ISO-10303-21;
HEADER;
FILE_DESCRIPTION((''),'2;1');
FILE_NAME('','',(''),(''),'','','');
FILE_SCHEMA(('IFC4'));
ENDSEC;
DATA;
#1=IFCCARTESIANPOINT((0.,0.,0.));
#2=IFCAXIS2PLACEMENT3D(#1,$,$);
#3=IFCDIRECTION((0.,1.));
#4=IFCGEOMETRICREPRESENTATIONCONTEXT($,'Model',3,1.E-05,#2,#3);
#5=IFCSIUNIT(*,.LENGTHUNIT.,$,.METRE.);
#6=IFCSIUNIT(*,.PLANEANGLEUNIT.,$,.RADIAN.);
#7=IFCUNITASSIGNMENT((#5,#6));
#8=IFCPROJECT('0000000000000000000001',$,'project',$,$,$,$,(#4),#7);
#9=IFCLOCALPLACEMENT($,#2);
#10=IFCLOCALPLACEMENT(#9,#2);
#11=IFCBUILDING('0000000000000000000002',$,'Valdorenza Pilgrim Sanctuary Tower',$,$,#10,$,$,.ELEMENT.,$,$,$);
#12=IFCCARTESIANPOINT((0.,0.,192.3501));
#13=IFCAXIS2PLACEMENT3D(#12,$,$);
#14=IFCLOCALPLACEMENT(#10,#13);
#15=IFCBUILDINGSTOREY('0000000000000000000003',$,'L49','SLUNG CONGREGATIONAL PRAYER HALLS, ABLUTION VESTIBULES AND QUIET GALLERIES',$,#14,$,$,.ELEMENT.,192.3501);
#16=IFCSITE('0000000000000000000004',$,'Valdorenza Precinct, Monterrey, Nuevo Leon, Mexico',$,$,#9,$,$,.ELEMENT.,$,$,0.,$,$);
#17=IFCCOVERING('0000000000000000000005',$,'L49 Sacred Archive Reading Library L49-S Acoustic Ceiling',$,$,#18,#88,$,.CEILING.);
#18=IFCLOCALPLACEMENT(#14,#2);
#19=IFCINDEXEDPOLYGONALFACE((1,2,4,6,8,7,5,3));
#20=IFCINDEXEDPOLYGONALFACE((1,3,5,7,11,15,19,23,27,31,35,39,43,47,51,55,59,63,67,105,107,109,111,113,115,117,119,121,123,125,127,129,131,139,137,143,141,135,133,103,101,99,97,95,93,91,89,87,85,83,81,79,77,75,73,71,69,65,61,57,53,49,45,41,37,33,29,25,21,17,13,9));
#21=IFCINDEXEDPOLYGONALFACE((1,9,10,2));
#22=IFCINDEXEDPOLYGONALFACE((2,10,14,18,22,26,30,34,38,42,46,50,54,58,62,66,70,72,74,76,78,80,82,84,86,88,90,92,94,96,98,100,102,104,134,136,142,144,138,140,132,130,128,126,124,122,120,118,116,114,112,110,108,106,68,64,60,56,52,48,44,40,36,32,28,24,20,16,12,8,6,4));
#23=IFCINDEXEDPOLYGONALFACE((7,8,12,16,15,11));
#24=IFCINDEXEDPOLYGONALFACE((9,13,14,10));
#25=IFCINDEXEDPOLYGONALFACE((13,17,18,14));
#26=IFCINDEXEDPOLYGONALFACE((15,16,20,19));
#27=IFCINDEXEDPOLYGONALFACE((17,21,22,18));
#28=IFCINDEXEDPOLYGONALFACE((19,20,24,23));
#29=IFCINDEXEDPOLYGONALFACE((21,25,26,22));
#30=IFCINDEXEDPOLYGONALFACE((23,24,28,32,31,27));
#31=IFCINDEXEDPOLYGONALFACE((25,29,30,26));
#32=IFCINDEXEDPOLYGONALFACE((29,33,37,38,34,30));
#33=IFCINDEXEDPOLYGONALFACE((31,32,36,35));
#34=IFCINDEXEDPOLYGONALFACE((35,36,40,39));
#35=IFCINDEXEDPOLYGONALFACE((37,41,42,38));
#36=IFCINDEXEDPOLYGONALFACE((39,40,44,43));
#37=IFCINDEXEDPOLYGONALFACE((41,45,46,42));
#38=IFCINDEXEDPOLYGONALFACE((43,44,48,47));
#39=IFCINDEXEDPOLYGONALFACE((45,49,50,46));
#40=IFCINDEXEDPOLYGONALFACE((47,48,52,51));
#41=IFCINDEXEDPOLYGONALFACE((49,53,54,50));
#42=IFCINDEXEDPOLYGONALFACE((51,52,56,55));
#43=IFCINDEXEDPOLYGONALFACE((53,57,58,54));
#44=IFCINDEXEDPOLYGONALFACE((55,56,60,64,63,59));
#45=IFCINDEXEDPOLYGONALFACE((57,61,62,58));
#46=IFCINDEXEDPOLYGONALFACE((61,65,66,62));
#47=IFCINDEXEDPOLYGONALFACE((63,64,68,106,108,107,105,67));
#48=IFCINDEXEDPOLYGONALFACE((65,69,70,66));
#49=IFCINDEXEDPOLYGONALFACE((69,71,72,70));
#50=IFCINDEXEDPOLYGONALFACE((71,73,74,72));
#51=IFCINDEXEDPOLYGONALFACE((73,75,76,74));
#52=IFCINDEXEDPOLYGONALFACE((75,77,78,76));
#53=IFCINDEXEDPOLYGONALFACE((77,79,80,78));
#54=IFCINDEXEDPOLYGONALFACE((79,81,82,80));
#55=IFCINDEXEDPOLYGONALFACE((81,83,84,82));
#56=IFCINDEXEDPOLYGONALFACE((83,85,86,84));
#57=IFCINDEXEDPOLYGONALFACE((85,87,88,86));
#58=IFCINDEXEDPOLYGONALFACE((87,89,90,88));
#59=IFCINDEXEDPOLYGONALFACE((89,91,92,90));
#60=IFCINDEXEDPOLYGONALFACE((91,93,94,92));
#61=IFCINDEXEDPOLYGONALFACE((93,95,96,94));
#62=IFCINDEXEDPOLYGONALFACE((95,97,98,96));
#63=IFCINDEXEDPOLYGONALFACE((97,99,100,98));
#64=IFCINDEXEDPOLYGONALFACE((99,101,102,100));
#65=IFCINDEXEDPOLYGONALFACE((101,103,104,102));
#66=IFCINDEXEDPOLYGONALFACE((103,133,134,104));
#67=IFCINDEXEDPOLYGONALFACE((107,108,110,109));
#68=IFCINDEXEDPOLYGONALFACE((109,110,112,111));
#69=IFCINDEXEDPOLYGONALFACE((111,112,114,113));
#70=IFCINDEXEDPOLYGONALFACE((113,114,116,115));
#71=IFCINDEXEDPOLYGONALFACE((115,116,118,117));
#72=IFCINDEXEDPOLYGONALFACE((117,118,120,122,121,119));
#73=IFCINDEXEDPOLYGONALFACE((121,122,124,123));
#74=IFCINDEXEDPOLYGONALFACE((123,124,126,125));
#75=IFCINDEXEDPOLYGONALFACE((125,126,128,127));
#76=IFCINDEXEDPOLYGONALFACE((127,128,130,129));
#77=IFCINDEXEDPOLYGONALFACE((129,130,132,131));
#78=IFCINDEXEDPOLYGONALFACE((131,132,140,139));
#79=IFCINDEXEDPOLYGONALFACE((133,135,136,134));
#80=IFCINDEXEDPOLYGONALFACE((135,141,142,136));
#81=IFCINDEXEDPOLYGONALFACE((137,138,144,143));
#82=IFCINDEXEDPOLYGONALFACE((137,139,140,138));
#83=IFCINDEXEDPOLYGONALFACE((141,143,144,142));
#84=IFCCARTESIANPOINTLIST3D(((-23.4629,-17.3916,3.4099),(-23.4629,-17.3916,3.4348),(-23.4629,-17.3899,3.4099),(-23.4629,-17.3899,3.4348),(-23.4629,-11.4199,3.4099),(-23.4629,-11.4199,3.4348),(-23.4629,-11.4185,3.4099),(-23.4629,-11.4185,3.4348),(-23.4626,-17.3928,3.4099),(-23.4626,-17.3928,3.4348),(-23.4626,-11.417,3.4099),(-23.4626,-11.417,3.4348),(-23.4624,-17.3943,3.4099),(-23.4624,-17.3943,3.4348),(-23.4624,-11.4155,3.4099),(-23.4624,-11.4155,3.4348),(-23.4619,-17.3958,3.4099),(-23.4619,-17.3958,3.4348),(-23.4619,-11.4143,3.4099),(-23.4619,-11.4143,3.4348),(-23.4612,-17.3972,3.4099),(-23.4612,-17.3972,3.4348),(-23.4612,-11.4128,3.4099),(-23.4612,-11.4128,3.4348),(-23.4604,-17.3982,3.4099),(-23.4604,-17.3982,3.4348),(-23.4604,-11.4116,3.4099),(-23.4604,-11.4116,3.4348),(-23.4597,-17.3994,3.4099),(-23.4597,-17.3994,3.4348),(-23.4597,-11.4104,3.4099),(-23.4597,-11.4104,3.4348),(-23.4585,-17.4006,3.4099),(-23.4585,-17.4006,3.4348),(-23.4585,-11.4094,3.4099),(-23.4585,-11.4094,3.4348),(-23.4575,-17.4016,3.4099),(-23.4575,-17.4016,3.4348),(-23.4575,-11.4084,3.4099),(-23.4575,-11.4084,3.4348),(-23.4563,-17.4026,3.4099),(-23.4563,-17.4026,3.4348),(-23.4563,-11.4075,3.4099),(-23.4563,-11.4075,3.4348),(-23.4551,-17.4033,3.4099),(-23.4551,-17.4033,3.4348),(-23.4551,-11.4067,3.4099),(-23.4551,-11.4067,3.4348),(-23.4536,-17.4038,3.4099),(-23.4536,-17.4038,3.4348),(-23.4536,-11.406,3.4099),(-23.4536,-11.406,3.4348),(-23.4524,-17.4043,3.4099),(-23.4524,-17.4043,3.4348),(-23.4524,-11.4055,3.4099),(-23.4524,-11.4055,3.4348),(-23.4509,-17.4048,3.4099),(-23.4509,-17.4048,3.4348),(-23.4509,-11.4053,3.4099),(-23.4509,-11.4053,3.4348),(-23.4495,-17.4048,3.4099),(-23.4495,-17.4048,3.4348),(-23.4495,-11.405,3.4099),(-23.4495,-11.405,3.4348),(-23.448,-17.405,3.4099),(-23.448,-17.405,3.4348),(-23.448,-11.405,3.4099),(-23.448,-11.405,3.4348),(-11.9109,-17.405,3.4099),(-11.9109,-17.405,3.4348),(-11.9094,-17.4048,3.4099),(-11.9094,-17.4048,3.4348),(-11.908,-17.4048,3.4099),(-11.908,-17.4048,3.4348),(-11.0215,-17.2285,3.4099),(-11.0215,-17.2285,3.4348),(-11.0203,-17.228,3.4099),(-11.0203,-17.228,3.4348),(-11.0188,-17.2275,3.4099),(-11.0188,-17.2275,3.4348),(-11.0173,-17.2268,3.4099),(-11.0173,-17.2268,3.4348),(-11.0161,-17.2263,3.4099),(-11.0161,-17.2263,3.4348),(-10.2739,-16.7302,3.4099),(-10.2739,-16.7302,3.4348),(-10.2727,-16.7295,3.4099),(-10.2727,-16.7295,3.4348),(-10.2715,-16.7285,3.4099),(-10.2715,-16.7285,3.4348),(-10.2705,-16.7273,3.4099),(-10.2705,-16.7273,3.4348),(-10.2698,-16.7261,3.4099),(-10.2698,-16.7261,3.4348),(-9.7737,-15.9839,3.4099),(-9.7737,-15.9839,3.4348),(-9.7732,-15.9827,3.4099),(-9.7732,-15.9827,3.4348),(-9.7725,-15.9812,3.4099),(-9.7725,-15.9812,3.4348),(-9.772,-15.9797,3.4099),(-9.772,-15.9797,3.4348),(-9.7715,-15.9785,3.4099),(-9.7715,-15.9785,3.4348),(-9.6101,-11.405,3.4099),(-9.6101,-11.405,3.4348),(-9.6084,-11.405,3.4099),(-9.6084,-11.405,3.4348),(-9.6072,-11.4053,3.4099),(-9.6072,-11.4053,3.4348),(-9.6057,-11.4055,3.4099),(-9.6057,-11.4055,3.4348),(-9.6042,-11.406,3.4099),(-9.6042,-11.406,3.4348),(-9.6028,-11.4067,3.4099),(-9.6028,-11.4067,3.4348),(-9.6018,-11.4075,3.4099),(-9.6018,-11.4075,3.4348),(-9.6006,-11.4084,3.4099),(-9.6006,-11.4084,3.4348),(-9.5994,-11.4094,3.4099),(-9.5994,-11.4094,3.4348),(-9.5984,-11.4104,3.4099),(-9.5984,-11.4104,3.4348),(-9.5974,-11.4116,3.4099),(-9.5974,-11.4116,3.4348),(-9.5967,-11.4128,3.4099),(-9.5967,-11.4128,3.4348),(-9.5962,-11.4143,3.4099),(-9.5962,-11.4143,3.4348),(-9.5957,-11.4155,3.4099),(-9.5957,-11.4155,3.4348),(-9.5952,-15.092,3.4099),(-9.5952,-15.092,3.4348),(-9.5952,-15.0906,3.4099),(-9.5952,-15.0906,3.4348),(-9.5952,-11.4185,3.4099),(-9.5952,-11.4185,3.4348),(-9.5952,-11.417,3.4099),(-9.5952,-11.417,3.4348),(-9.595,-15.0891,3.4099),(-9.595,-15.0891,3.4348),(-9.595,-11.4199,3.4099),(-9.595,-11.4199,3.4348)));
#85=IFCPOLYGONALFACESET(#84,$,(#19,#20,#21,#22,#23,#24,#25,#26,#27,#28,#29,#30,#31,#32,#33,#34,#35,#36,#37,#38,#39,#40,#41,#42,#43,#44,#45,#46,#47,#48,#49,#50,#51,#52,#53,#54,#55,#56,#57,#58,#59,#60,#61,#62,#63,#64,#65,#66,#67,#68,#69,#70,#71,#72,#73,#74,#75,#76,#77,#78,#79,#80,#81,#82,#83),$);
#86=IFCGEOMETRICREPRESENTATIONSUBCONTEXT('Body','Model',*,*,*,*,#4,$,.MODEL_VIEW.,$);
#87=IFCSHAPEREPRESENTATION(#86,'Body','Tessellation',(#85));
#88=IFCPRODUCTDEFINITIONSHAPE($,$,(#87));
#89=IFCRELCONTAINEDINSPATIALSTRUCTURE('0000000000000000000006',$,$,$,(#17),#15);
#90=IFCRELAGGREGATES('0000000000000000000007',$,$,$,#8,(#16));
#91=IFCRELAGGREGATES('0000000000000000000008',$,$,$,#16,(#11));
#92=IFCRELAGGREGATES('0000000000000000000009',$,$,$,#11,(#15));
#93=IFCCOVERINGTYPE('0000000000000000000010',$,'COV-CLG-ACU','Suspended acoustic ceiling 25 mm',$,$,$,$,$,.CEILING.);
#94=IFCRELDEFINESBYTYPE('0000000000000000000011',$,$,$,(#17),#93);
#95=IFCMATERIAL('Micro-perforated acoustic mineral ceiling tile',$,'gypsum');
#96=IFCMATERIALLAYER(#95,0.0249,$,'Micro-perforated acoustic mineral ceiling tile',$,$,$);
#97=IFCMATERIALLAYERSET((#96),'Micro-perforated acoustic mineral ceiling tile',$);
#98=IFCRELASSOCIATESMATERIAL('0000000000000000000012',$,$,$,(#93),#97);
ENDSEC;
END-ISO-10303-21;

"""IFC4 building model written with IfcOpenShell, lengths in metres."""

from ifc_helpers import new_model, si_unit, direction, frame, origin, place, context, subcontext, project, spatial, polyline, outline, extrude, material, layer, layer_set, type_object, element, save


model = new_model("IFC4")

# Units and contexts
model_context = context("Model", 3, precision=1e-05, world=origin(), true_north=direction((0.0, 1.0)))
body_context = subcontext(model_context, "Body", "Model", "MODEL_VIEW")
ifc_project = project(units=[si_unit("LENGTHUNIT", "METRE"), si_unit("PLANEANGLEUNIT", "RADIAN")], contexts=[model_context])

# Site, building, storey
site_placement = place(None, origin())
site = spatial("IfcSite", under=ifc_project, at=site_placement, Name="Valdorenza Precinct, Monterrey, Nuevo Leon, Mexico", CompositionType="ELEMENT", RefElevation=0.0)
building_placement = place(site_placement, origin())
building = spatial("IfcBuilding", under=site, at=building_placement, Name="Valdorenza Pilgrim Sanctuary Tower", CompositionType="ELEMENT")
storey_placement = place(building_placement, frame((0.0, 0.0, 192.3501)))
storey = spatial("IfcBuildingStorey", under=building, at=storey_placement, Name="L49", Description="SLUNG CONGREGATIONAL PRAYER HALLS, ABLUTION VESTIBULES AND QUIET GALLERIES", CompositionType="ELEMENT", Elevation=192.3501)

# Covering
ifc_material_1 = material(Name="Micro-perforated acoustic mineral ceiling tile", Category="gypsum")
ifc_layer_1 = layer(ifc_material_1, 0.0249, Name="Micro-perforated acoustic mineral ceiling tile")
ifc_layer_set_1 = layer_set([ifc_layer_1], Name="Micro-perforated acoustic mineral ceiling tile")
covering_type_1 = type_object("IfcCoveringType", Name="COV-CLG-ACU", Description="Suspended acoustic ceiling 25 mm", PredefinedType="CEILING", material=ifc_layer_set_1)
covering_1_placement = place(storey_placement, frame((0.0, 0.0, 3.4099)))
element("IfcCovering", 1, at=covering_1_placement, inside=storey, type_object=covering_type_1, Name="L49 Sacred Archive Reading Library L49-S Acoustic Ceiling", PredefinedType="CEILING", context=body_context, shape_type="SweptSolid", body=[
    extrude(outline(polyline([(-9.6101, -11.405), (-9.6084, -11.405), (-9.6072, -11.4053), (-9.6057, -11.4055), (-9.6042, -11.406), (-9.6028, -11.4067), (-9.6018, -11.4075), (-9.6006, -11.4084), (-9.5994, -11.4094), (-9.5984, -11.4104), (-9.5974, -11.4116), (-9.5967, -11.4128), (-9.5962, -11.4143), (-9.5957, -11.4155), (-9.5952, -11.417), (-9.5952, -11.4185), (-9.595, -11.4199), (-9.595, -15.0891), (-9.5952, -15.0906), (-9.5952, -15.092), (-9.7715, -15.9785), (-9.772, -15.9797), (-9.7725, -15.9812), (-9.7732, -15.9827), (-9.7737, -15.9839), (-10.2698, -16.7261), (-10.2705, -16.7273), (-10.2715, -16.7285), (-10.2727, -16.7295), (-10.2739, -16.7302), (-11.0161, -17.2263), (-11.0173, -17.2268), (-11.0188, -17.2275), (-11.0203, -17.228), (-11.0215, -17.2285), (-11.908, -17.4048), (-11.9094, -17.4048), (-11.9109, -17.405), (-23.448, -17.405), (-23.4495, -17.4048), (-23.4509, -17.4048), (-23.4524, -17.4043), (-23.4536, -17.4038), (-23.4551, -17.4033), (-23.4563, -17.4026), (-23.4575, -17.4016), (-23.4585, -17.4006), (-23.4597, -17.3994), (-23.4604, -17.3982), (-23.4612, -17.3972), (-23.4619, -17.3958), (-23.4624, -17.3943), (-23.4626, -17.3928), (-23.4629, -17.3916), (-23.4629, -17.3899), (-23.4629, -11.4199), (-23.4629, -11.4185), (-23.4626, -11.417), (-23.4624, -11.4155), (-23.4619, -11.4143), (-23.4612, -11.4128), (-23.4604, -11.4116), (-23.4597, -11.4104), (-23.4585, -11.4094), (-23.4575, -11.4084), (-23.4563, -11.4075), (-23.4551, -11.4067), (-23.4536, -11.406), (-23.4524, -11.4055), (-23.4509, -11.4053), (-23.4495, -11.405), (-23.448, -11.405), (-9.6101, -11.405)])), origin(), (0.0, 0.0, 1.0), 0.0249),
])

save(model, "model.ifc")
